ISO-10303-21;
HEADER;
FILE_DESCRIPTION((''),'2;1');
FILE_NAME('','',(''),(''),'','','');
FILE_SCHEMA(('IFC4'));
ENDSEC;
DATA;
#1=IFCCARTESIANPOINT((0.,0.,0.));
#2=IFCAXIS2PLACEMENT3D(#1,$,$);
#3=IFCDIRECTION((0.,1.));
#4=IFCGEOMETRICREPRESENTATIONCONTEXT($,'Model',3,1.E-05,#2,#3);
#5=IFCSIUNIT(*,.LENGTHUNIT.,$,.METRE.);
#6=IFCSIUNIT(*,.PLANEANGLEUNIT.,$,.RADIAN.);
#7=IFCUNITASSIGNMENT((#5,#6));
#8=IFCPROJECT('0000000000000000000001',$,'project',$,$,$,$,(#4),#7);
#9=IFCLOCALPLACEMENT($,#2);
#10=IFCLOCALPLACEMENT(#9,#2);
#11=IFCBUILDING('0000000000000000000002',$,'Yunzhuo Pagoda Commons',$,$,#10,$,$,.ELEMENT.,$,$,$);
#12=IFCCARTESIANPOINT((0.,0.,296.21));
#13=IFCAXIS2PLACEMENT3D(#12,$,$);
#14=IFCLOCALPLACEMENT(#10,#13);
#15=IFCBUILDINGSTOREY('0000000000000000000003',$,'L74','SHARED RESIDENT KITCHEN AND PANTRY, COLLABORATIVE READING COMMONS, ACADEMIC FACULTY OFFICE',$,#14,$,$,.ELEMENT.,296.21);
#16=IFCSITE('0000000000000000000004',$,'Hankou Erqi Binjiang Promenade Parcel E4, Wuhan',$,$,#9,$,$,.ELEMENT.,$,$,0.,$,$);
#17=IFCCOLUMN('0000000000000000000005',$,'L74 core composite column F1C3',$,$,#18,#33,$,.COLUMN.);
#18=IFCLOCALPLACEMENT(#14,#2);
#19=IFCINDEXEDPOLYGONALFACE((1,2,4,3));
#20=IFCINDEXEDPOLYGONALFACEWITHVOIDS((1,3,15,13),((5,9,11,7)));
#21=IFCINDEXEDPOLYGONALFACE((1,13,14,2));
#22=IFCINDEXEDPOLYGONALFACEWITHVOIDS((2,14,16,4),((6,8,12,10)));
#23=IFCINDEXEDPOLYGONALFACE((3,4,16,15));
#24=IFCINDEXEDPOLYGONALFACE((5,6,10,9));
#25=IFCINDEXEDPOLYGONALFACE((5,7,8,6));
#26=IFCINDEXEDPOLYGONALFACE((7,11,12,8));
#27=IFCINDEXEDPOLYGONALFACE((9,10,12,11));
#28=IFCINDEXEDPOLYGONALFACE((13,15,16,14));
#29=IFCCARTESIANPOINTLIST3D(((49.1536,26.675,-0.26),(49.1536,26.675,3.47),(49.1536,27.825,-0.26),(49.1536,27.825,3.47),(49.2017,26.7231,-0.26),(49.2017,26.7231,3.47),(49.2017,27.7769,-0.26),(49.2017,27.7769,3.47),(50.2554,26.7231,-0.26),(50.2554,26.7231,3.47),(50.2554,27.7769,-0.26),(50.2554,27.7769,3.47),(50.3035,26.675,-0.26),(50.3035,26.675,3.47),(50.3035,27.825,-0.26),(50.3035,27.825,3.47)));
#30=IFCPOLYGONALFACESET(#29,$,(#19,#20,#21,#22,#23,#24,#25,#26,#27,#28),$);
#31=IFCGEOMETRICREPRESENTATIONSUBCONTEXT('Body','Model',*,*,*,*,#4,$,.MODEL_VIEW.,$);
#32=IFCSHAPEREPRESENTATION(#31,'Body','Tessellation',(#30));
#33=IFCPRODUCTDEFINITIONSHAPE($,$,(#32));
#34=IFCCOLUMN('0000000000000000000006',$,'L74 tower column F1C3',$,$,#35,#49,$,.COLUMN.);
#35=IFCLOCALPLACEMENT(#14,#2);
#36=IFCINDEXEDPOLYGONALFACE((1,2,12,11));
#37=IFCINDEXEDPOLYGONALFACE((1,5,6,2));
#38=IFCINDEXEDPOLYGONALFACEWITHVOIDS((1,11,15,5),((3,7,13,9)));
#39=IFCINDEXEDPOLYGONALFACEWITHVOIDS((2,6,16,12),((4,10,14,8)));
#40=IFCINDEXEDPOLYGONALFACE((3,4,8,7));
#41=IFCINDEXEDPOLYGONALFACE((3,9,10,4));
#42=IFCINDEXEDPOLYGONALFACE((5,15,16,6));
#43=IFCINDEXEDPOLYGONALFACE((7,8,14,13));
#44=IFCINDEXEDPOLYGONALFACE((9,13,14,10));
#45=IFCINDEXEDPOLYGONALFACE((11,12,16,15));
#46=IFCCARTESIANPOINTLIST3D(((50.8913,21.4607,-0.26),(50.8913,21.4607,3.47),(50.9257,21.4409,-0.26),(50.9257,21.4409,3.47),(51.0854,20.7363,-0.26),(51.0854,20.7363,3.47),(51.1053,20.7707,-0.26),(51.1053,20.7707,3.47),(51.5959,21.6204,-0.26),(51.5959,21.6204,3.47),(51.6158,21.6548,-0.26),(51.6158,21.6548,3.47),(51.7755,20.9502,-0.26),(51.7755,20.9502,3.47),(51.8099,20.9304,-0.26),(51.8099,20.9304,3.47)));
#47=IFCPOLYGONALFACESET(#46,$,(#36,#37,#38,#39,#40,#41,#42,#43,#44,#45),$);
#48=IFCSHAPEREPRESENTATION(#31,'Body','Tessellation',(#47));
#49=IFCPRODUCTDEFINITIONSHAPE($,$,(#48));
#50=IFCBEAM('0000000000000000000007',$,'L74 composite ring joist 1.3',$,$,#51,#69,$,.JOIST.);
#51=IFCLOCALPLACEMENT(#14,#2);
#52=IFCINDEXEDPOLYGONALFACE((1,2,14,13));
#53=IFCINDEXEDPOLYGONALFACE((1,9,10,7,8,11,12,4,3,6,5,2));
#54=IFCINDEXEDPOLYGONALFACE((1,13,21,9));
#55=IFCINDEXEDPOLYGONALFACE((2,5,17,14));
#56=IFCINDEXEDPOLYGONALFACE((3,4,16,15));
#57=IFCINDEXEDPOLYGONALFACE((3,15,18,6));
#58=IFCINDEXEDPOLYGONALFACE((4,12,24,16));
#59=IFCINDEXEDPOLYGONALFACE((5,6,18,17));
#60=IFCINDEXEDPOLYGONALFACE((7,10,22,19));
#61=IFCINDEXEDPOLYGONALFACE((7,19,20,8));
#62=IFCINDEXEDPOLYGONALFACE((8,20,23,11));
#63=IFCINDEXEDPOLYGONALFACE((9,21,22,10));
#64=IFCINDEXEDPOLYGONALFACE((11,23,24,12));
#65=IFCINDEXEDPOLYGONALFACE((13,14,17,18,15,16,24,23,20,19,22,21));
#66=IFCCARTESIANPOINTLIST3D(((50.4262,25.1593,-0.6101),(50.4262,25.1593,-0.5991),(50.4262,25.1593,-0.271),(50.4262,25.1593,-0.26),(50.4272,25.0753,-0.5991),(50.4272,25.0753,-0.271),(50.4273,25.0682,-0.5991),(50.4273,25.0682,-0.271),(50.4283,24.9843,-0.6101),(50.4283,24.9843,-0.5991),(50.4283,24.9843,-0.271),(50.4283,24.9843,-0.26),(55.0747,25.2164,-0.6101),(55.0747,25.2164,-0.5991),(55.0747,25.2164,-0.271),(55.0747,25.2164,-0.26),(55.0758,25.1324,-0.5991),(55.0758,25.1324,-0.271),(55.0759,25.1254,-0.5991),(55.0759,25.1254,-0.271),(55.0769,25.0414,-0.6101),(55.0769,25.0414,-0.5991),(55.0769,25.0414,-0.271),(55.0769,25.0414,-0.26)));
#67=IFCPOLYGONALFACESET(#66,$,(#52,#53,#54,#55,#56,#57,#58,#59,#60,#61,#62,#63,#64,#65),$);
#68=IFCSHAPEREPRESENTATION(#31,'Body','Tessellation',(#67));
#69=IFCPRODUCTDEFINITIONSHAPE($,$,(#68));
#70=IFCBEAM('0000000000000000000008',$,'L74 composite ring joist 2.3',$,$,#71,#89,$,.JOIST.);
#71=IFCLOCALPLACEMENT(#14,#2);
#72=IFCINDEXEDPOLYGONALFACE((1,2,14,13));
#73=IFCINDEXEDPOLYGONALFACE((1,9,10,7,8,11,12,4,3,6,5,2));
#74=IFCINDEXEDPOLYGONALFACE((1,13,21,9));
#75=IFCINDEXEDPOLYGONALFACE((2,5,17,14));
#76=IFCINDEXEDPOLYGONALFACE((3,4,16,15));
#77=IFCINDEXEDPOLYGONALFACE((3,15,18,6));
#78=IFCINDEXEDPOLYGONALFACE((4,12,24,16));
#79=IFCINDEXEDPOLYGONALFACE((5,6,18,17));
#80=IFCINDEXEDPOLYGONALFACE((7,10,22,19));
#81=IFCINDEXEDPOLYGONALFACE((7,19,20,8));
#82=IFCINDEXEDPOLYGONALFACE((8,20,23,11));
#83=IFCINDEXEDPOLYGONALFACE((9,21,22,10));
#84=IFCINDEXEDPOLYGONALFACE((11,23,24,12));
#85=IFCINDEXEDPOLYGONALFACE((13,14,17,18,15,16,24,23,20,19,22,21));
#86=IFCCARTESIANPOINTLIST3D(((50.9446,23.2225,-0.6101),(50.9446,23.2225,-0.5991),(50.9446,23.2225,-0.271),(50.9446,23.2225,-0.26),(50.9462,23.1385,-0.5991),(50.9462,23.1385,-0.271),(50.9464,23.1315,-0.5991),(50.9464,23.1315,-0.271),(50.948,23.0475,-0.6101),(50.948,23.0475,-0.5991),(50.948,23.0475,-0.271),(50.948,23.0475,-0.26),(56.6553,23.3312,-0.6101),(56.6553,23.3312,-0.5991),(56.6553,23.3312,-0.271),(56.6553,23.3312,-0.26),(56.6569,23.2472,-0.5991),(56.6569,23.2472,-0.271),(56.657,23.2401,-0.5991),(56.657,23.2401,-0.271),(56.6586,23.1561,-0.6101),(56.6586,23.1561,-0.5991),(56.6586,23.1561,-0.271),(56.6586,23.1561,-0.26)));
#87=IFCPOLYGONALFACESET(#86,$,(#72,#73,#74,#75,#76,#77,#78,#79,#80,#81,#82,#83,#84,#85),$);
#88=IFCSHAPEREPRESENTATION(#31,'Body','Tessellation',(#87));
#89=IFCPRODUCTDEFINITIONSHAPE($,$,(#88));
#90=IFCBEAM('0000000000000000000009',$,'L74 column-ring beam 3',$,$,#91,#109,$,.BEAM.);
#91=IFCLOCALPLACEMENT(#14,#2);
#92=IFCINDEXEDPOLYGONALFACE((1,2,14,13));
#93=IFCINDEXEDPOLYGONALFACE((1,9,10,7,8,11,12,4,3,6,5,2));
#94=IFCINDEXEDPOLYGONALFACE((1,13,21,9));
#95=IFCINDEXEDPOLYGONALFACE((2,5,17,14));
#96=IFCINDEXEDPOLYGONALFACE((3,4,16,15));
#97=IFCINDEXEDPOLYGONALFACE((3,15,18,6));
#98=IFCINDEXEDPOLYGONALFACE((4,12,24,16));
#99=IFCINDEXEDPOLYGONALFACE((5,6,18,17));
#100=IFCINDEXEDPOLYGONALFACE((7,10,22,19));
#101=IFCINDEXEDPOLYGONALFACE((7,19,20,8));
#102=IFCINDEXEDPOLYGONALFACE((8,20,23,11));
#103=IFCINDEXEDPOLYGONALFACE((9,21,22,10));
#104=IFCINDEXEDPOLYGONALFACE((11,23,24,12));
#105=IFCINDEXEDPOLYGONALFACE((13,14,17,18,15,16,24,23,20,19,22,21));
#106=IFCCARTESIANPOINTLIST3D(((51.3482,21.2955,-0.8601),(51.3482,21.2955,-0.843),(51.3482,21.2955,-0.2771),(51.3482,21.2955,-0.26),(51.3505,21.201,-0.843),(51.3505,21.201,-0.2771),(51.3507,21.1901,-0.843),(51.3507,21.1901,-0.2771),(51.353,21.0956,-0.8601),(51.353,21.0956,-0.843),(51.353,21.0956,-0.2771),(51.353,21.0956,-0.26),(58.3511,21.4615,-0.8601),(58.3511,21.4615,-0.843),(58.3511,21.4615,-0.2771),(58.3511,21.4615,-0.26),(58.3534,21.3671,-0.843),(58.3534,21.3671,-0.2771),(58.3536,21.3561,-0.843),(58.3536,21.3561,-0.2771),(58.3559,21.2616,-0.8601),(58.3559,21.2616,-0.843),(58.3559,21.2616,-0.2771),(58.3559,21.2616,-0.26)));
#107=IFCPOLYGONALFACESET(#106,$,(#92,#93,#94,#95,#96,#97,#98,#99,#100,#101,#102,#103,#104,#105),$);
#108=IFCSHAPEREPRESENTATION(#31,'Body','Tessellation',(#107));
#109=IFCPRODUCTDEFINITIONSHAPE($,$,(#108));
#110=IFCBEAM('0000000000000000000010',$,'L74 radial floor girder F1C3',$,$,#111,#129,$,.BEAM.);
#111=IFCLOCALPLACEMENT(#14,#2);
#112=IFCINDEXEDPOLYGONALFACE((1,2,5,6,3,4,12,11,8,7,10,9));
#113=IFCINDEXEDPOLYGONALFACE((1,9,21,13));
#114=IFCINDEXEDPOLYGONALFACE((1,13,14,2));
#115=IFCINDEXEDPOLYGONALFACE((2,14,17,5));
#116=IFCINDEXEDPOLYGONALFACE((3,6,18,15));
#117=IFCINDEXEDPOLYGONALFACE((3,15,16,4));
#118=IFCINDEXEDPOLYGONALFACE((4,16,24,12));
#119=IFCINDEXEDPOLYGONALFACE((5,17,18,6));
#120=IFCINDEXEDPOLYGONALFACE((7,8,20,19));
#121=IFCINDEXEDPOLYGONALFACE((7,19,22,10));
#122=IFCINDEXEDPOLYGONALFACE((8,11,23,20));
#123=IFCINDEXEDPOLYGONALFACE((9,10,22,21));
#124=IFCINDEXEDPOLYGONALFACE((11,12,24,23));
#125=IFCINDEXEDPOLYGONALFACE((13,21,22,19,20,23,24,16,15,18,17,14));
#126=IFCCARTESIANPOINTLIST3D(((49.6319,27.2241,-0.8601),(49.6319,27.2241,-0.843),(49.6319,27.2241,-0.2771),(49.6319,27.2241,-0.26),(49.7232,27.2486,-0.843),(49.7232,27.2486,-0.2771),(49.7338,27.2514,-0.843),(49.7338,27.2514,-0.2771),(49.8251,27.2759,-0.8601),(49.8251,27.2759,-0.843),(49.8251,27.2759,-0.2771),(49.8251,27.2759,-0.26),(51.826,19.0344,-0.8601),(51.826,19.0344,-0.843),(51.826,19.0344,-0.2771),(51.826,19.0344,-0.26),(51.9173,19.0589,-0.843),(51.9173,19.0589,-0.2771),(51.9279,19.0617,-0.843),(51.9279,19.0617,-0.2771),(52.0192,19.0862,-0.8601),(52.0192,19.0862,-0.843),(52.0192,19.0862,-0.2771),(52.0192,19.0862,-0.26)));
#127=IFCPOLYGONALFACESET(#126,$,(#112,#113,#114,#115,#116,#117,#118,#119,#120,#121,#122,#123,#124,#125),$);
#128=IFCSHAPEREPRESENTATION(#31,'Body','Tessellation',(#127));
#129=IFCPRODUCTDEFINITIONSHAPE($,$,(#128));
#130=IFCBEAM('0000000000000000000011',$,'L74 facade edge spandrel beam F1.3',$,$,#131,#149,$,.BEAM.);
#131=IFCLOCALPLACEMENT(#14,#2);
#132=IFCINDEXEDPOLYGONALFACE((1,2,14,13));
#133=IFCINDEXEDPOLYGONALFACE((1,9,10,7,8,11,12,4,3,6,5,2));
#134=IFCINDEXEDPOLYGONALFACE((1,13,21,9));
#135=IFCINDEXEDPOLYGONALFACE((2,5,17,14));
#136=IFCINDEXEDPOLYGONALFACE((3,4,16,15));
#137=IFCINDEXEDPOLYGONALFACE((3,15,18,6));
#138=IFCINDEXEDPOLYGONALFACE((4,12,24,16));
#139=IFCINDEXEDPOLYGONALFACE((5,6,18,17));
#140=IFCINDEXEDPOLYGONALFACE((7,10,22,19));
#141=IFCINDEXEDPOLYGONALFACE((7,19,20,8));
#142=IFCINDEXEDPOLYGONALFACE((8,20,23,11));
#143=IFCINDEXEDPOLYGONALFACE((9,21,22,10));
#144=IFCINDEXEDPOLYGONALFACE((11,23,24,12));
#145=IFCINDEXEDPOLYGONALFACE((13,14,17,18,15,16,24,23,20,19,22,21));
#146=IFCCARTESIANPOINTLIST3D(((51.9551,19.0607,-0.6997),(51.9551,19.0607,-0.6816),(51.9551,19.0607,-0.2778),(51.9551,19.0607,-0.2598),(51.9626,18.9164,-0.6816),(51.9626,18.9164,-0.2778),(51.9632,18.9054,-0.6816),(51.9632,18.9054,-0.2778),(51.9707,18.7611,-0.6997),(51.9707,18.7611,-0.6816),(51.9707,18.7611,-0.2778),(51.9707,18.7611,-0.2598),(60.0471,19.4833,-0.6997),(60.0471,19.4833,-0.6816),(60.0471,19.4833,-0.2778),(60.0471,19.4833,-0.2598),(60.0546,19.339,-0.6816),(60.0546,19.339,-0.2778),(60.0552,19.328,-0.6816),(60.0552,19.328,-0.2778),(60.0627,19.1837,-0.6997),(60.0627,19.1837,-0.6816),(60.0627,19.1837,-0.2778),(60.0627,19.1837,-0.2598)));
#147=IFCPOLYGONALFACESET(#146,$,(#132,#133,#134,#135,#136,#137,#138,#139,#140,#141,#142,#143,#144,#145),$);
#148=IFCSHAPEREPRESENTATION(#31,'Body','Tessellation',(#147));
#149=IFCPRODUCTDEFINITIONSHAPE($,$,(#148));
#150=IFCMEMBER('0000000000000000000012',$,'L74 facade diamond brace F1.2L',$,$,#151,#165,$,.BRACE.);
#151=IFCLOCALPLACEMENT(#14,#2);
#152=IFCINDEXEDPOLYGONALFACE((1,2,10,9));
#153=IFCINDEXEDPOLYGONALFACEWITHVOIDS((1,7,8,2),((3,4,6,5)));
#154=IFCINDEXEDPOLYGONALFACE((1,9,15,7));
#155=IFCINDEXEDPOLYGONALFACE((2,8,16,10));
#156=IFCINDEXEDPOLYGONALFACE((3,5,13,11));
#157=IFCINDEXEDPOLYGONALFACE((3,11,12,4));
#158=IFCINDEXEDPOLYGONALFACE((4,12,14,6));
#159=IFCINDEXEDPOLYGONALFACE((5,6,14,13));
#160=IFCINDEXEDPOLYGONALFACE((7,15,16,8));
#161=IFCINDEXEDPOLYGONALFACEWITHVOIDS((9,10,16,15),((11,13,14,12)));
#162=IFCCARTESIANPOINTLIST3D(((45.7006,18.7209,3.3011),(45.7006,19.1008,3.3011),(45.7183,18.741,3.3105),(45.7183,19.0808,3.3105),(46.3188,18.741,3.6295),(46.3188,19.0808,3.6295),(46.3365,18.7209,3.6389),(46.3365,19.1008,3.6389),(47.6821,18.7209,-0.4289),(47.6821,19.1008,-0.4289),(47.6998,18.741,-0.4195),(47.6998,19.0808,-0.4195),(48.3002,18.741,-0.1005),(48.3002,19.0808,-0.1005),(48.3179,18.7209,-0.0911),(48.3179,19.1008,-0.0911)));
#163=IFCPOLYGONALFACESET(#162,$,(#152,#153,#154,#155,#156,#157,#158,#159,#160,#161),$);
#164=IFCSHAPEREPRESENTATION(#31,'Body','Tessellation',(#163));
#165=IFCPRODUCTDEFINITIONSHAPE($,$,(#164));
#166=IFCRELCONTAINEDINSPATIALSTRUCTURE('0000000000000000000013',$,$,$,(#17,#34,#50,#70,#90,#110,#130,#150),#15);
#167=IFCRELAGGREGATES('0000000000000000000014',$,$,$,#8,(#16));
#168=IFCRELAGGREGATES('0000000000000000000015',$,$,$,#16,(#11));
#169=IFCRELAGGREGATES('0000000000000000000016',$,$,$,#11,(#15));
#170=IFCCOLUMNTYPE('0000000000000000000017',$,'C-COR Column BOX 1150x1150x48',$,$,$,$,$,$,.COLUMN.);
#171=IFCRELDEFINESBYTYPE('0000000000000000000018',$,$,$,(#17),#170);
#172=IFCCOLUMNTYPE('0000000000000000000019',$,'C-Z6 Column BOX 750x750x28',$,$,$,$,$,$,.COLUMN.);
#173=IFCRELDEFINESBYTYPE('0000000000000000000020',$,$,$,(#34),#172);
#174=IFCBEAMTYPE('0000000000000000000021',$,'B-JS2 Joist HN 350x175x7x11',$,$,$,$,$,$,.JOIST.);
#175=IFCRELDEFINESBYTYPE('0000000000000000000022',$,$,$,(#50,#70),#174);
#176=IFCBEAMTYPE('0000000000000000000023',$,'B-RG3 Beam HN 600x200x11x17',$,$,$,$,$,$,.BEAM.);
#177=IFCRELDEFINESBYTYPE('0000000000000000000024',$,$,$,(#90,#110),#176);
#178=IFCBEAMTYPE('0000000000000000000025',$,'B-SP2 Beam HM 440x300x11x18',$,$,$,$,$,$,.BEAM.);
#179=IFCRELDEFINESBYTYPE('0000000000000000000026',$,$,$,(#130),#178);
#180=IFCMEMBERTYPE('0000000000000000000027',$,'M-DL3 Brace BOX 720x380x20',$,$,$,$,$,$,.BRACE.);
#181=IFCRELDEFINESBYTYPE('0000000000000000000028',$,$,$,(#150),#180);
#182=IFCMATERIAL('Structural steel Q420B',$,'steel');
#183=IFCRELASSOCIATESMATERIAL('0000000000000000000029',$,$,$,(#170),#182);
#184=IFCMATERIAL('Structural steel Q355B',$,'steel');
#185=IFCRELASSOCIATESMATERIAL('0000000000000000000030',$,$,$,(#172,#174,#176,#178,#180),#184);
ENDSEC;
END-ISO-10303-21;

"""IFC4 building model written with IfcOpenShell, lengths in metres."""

from ifc_helpers import new_model, si_unit, direction, frame, origin, origin_2d, place, context, subcontext, project, spatial, hollow_rectangle, i_section, extrude, source, transform, mapped, material, material_profile, profile_set, type_object, element, save


model = new_model("IFC4")

# Units and contexts
model_context = context("Model", 3, precision=1e-05, world=origin(), true_north=direction((0.0, 1.0)))
body_context = subcontext(model_context, "Body", "Model", "MODEL_VIEW")
ifc_project = project(units=[si_unit("LENGTHUNIT", "METRE"), si_unit("PLANEANGLEUNIT", "RADIAN")], contexts=[model_context])

# Site, building, storey
site_placement = place(None, origin())
site = spatial("IfcSite", under=ifc_project, at=site_placement, Name="Hankou Erqi Binjiang Promenade Parcel E4, Wuhan", CompositionType="ELEMENT", RefElevation=0.0)
building_placement = place(site_placement, origin())
building = spatial("IfcBuilding", under=site, at=building_placement, Name="Yunzhuo Pagoda Commons", CompositionType="ELEMENT")
storey_placement = place(building_placement, frame((0.0, 0.0, 296.21)))
storey = spatial("IfcBuildingStorey", under=building, at=storey_placement, Name="L74", Description="SHARED RESIDENT KITCHEN AND PANTRY, COLLABORATIVE READING COMMONS, ACADEMIC FACULTY OFFICE", CompositionType="ELEMENT", Elevation=296.21)

# Columns
ifc_material_1 = material(Name="Structural steel Q420B", Category="steel")
ifc_material_profile_1 = material_profile(ifc_material_1, hollow_rectangle(XDim=1.1499, YDim=1.1499, WallThickness=0.0481, at=origin_2d()), Name="Structural steel Q420B")
ifc_profile_set_1 = profile_set([ifc_material_profile_1], Name="Structural steel Q420B")
column_type_1 = type_object("IfcColumnType", Name="C-COR Column BOX 1150x1150x48", PredefinedType="COLUMN", material=ifc_profile_set_1)
shared_shape_1 = source(origin(), body_context, "Body", "SweptSolid", [
    extrude(hollow_rectangle(XDim=1.1499, YDim=1.1499, WallThickness=0.0481, at=origin_2d()), origin(), (0.0, 0.0, 1.0), 3.73),
])
column_1_placement = place(storey_placement, frame((49.7285, 27.25, -0.26), z_axis=(0.0, 0.0, 1.0), x_axis=(1.0, 0.0, 0.0)))
element("IfcColumn", 1, at=column_1_placement, inside=storey, type_object=column_type_1, Name="L74 core composite column F1C3", PredefinedType="COLUMN", context=body_context, shape_type="MappedRepresentation", body=[
    mapped(shared_shape_1, transform((0.0, 0.0, 0.0), scale=1.0)),
])
ifc_material_2 = material(Name="Structural steel Q355B", Category="steel")
ifc_material_profile_2 = material_profile(ifc_material_2, hollow_rectangle(XDim=0.75, YDim=0.75, WallThickness=0.0281, at=origin_2d()), Name="Structural steel Q355B")
ifc_profile_set_2 = profile_set([ifc_material_profile_2], Name="Structural steel Q355B")
column_type_2 = type_object("IfcColumnType", Name="C-Z6 Column BOX 750x750x28", PredefinedType="COLUMN", material=ifc_profile_set_2)
shared_shape_2 = source(origin(), body_context, "Body", "SweptSolid", [
    extrude(hollow_rectangle(XDim=0.75, YDim=0.75, WallThickness=0.0281, at=origin_2d()), origin(), (0.0, 0.0, 1.0), 3.73),
])
column_2_placement = place(storey_placement, frame((51.3506, 21.1956, -0.26), z_axis=(0.0, 0.0, 1.0), x_axis=(0.965926, 0.258819, 0.0)))
element("IfcColumn", 2, at=column_2_placement, inside=storey, type_object=column_type_2, Name="L74 tower column F1C3", PredefinedType="COLUMN", context=body_context, shape_type="MappedRepresentation", body=[
    mapped(shared_shape_2, transform((0.0, 0.0, 0.0), scale=1.0)),
])

# Beams
ifc_material_profile_3 = material_profile(ifc_material_2, i_section(OverallWidth=0.175, OverallDepth=0.3501, WebThickness=0.0071, FlangeThickness=0.011, at=origin_2d()), Name="Structural steel Q355B")
ifc_profile_set_3 = profile_set([ifc_material_profile_3], Name="Structural steel Q355B")
beam_type_1 = type_object("IfcBeamType", Name="B-JS2 Joist HN 350x175x7x11", PredefinedType="JOIST", material=ifc_profile_set_3)
shared_shape_3 = source(origin(), body_context, "Body", "SweptSolid", [
    extrude(i_section(OverallWidth=0.175, OverallDepth=0.3501, WebThickness=0.0071, FlangeThickness=0.011, at=origin_2d()), origin(), (0.0, 0.0, 1.0), 4.6489),
])
beam_1_placement = place(storey_placement, frame((50.4272, 25.0718, -0.4351), z_axis=(0.999924, 0.012288, 0.0), x_axis=(-0.012288, 0.999924, 0.0)))
element("IfcBeam", 3, at=beam_1_placement, inside=storey, type_object=beam_type_1, Name="L74 composite ring joist 1.3", PredefinedType="JOIST", context=body_context, shape_type="MappedRepresentation", body=[
    mapped(shared_shape_3, transform((0.0, 0.0, 0.0), scale=1.0)),
])
shared_shape_4 = source(origin(), body_context, "Body", "SweptSolid", [
    extrude(i_section(OverallWidth=0.175, OverallDepth=0.3501, WebThickness=0.0071, FlangeThickness=0.011, at=origin_2d()), origin(), (0.0, 0.0, 1.0), 5.7117),
])
beam_2_placement = place(storey_placement, frame((50.9463, 23.135, -0.4351), z_axis=(0.999819, 0.019021, 0.0), x_axis=(-0.019021, 0.999819, 0.0)))
element("IfcBeam", 4, at=beam_2_placement, inside=storey, type_object=beam_type_1, Name="L74 composite ring joist 2.3", PredefinedType="JOIST", context=body_context, shape_type="MappedRepresentation", body=[
    mapped(shared_shape_4, transform((0.0, 0.0, 0.0), scale=1.0)),
])
ifc_material_profile_4 = material_profile(ifc_material_2, i_section(OverallWidth=0.2, OverallDepth=0.6001, WebThickness=0.011, FlangeThickness=0.0171, at=origin_2d()), Name="Structural steel Q355B")
ifc_profile_set_4 = profile_set([ifc_material_profile_4], Name="Structural steel Q355B")
beam_type_2 = type_object("IfcBeamType", Name="B-RG3 Beam HN 600x200x11x17", PredefinedType="BEAM", material=ifc_profile_set_4)
shared_shape_5 = source(origin(), body_context, "Body", "SweptSolid", [
    extrude(i_section(OverallWidth=0.2, OverallDepth=0.6001, WebThickness=0.011, FlangeThickness=0.0171, at=origin_2d()), origin(), (0.0, 0.0, 1.0), 7.0049),
])
beam_3_placement = place(storey_placement, frame((51.3506, 21.1956, -0.5601), z_axis=(0.999719, 0.0237, 0.0), x_axis=(-0.0237, 0.999719, 0.0)))
element("IfcBeam", 5, at=beam_3_placement, inside=storey, type_object=beam_type_2, Name="L74 column-ring beam 3", PredefinedType="BEAM", context=body_context, shape_type="MappedRepresentation", body=[
    mapped(shared_shape_5, transform((0.0, 0.0, 0.0), scale=1.0)),
])
shared_shape_6 = source(origin(), body_context, "Body", "SweptSolid", [
    extrude(i_section(OverallWidth=0.2, OverallDepth=0.6001, WebThickness=0.011, FlangeThickness=0.0171, at=origin_2d()), origin(), (0.0, 0.0, 1.0), 8.4785),
])
beam_4_placement = place(storey_placement, frame((51.9226, 19.0603, -0.5601), z_axis=(-0.258783, 0.965936, 0.0), x_axis=(-0.965936, -0.258783, 0.0)))
element("IfcBeam", 6, at=beam_4_placement, inside=storey, type_object=beam_type_2, Name="L74 radial floor girder F1C3", PredefinedType="BEAM", context=body_context, shape_type="MappedRepresentation", body=[
    mapped(shared_shape_6, transform((0.0, 0.0, 0.0), scale=1.0)),
])
ifc_material_profile_5 = material_profile(ifc_material_2, i_section(OverallWidth=0.3, OverallDepth=0.4399, WebThickness=0.011, FlangeThickness=0.0181, at=origin_2d()), Name="Structural steel Q355B")
ifc_profile_set_5 = profile_set([ifc_material_profile_5], Name="Structural steel Q355B")
beam_type_3 = type_object("IfcBeamType", Name="B-SP2 Beam HM 440x300x11x18", PredefinedType="BEAM", material=ifc_profile_set_5)
shared_shape_7 = source(origin(), body_context, "Body", "SweptSolid", [
    extrude(i_section(OverallWidth=0.3, OverallDepth=0.4399, WebThickness=0.011, FlangeThickness=0.0181, at=origin_2d()), origin(), (0.0, 0.0, 1.0), 8.103),
])
beam_5_placement = place(storey_placement, frame((51.9629, 18.9109, -0.4797), z_axis=(0.998639, 0.052154, 0.0), x_axis=(-0.052154, 0.998639, 0.0)))
element("IfcBeam", 7, at=beam_5_placement, inside=storey, type_object=beam_type_3, Name="L74 facade edge spandrel beam F1.3", PredefinedType="BEAM", context=body_context, shape_type="MappedRepresentation", body=[
    mapped(shared_shape_7, transform((0.0, 0.0, 0.0), scale=1.0)),
])

# Member
ifc_material_profile_6 = material_profile(ifc_material_2, hollow_rectangle(XDim=0.3799, YDim=0.72, WallThickness=0.02, at=origin_2d()), Name="Structural steel Q355B")
ifc_profile_set_6 = profile_set([ifc_material_profile_6], Name="Structural steel Q355B")
member_type_1 = type_object("IfcMemberType", Name="M-DL3 Brace BOX 720x380x20", PredefinedType="BRACE", material=ifc_profile_set_6)
shared_shape_8 = source(origin(), body_context, "Body", "SweptSolid", [
    extrude(hollow_rectangle(XDim=0.3799, YDim=0.72, WallThickness=0.02, at=origin_2d()), origin(), (0.0, 0.0, 1.0), 4.2236),
])
for number, where, z_axis, x_axis, name in (
    (8, (48.0, 18.9109, -0.26), (-0.469136, 0.0, 0.883126), (0.0, -1.0, 0.0), "L74 facade diamond brace F1.2L"),
):
    element("IfcMember", number, at=place(storey_placement, frame(where, z_axis=z_axis, x_axis=x_axis)), inside=storey, type_object=member_type_1, Name=name, PredefinedType="BRACE", context=body_context, shape_type="MappedRepresentation", body=[
        mapped(shared_shape_8, transform((0.0, 0.0, 0.0), scale=1.0)),
    ])

save(model, "model.ifc")
